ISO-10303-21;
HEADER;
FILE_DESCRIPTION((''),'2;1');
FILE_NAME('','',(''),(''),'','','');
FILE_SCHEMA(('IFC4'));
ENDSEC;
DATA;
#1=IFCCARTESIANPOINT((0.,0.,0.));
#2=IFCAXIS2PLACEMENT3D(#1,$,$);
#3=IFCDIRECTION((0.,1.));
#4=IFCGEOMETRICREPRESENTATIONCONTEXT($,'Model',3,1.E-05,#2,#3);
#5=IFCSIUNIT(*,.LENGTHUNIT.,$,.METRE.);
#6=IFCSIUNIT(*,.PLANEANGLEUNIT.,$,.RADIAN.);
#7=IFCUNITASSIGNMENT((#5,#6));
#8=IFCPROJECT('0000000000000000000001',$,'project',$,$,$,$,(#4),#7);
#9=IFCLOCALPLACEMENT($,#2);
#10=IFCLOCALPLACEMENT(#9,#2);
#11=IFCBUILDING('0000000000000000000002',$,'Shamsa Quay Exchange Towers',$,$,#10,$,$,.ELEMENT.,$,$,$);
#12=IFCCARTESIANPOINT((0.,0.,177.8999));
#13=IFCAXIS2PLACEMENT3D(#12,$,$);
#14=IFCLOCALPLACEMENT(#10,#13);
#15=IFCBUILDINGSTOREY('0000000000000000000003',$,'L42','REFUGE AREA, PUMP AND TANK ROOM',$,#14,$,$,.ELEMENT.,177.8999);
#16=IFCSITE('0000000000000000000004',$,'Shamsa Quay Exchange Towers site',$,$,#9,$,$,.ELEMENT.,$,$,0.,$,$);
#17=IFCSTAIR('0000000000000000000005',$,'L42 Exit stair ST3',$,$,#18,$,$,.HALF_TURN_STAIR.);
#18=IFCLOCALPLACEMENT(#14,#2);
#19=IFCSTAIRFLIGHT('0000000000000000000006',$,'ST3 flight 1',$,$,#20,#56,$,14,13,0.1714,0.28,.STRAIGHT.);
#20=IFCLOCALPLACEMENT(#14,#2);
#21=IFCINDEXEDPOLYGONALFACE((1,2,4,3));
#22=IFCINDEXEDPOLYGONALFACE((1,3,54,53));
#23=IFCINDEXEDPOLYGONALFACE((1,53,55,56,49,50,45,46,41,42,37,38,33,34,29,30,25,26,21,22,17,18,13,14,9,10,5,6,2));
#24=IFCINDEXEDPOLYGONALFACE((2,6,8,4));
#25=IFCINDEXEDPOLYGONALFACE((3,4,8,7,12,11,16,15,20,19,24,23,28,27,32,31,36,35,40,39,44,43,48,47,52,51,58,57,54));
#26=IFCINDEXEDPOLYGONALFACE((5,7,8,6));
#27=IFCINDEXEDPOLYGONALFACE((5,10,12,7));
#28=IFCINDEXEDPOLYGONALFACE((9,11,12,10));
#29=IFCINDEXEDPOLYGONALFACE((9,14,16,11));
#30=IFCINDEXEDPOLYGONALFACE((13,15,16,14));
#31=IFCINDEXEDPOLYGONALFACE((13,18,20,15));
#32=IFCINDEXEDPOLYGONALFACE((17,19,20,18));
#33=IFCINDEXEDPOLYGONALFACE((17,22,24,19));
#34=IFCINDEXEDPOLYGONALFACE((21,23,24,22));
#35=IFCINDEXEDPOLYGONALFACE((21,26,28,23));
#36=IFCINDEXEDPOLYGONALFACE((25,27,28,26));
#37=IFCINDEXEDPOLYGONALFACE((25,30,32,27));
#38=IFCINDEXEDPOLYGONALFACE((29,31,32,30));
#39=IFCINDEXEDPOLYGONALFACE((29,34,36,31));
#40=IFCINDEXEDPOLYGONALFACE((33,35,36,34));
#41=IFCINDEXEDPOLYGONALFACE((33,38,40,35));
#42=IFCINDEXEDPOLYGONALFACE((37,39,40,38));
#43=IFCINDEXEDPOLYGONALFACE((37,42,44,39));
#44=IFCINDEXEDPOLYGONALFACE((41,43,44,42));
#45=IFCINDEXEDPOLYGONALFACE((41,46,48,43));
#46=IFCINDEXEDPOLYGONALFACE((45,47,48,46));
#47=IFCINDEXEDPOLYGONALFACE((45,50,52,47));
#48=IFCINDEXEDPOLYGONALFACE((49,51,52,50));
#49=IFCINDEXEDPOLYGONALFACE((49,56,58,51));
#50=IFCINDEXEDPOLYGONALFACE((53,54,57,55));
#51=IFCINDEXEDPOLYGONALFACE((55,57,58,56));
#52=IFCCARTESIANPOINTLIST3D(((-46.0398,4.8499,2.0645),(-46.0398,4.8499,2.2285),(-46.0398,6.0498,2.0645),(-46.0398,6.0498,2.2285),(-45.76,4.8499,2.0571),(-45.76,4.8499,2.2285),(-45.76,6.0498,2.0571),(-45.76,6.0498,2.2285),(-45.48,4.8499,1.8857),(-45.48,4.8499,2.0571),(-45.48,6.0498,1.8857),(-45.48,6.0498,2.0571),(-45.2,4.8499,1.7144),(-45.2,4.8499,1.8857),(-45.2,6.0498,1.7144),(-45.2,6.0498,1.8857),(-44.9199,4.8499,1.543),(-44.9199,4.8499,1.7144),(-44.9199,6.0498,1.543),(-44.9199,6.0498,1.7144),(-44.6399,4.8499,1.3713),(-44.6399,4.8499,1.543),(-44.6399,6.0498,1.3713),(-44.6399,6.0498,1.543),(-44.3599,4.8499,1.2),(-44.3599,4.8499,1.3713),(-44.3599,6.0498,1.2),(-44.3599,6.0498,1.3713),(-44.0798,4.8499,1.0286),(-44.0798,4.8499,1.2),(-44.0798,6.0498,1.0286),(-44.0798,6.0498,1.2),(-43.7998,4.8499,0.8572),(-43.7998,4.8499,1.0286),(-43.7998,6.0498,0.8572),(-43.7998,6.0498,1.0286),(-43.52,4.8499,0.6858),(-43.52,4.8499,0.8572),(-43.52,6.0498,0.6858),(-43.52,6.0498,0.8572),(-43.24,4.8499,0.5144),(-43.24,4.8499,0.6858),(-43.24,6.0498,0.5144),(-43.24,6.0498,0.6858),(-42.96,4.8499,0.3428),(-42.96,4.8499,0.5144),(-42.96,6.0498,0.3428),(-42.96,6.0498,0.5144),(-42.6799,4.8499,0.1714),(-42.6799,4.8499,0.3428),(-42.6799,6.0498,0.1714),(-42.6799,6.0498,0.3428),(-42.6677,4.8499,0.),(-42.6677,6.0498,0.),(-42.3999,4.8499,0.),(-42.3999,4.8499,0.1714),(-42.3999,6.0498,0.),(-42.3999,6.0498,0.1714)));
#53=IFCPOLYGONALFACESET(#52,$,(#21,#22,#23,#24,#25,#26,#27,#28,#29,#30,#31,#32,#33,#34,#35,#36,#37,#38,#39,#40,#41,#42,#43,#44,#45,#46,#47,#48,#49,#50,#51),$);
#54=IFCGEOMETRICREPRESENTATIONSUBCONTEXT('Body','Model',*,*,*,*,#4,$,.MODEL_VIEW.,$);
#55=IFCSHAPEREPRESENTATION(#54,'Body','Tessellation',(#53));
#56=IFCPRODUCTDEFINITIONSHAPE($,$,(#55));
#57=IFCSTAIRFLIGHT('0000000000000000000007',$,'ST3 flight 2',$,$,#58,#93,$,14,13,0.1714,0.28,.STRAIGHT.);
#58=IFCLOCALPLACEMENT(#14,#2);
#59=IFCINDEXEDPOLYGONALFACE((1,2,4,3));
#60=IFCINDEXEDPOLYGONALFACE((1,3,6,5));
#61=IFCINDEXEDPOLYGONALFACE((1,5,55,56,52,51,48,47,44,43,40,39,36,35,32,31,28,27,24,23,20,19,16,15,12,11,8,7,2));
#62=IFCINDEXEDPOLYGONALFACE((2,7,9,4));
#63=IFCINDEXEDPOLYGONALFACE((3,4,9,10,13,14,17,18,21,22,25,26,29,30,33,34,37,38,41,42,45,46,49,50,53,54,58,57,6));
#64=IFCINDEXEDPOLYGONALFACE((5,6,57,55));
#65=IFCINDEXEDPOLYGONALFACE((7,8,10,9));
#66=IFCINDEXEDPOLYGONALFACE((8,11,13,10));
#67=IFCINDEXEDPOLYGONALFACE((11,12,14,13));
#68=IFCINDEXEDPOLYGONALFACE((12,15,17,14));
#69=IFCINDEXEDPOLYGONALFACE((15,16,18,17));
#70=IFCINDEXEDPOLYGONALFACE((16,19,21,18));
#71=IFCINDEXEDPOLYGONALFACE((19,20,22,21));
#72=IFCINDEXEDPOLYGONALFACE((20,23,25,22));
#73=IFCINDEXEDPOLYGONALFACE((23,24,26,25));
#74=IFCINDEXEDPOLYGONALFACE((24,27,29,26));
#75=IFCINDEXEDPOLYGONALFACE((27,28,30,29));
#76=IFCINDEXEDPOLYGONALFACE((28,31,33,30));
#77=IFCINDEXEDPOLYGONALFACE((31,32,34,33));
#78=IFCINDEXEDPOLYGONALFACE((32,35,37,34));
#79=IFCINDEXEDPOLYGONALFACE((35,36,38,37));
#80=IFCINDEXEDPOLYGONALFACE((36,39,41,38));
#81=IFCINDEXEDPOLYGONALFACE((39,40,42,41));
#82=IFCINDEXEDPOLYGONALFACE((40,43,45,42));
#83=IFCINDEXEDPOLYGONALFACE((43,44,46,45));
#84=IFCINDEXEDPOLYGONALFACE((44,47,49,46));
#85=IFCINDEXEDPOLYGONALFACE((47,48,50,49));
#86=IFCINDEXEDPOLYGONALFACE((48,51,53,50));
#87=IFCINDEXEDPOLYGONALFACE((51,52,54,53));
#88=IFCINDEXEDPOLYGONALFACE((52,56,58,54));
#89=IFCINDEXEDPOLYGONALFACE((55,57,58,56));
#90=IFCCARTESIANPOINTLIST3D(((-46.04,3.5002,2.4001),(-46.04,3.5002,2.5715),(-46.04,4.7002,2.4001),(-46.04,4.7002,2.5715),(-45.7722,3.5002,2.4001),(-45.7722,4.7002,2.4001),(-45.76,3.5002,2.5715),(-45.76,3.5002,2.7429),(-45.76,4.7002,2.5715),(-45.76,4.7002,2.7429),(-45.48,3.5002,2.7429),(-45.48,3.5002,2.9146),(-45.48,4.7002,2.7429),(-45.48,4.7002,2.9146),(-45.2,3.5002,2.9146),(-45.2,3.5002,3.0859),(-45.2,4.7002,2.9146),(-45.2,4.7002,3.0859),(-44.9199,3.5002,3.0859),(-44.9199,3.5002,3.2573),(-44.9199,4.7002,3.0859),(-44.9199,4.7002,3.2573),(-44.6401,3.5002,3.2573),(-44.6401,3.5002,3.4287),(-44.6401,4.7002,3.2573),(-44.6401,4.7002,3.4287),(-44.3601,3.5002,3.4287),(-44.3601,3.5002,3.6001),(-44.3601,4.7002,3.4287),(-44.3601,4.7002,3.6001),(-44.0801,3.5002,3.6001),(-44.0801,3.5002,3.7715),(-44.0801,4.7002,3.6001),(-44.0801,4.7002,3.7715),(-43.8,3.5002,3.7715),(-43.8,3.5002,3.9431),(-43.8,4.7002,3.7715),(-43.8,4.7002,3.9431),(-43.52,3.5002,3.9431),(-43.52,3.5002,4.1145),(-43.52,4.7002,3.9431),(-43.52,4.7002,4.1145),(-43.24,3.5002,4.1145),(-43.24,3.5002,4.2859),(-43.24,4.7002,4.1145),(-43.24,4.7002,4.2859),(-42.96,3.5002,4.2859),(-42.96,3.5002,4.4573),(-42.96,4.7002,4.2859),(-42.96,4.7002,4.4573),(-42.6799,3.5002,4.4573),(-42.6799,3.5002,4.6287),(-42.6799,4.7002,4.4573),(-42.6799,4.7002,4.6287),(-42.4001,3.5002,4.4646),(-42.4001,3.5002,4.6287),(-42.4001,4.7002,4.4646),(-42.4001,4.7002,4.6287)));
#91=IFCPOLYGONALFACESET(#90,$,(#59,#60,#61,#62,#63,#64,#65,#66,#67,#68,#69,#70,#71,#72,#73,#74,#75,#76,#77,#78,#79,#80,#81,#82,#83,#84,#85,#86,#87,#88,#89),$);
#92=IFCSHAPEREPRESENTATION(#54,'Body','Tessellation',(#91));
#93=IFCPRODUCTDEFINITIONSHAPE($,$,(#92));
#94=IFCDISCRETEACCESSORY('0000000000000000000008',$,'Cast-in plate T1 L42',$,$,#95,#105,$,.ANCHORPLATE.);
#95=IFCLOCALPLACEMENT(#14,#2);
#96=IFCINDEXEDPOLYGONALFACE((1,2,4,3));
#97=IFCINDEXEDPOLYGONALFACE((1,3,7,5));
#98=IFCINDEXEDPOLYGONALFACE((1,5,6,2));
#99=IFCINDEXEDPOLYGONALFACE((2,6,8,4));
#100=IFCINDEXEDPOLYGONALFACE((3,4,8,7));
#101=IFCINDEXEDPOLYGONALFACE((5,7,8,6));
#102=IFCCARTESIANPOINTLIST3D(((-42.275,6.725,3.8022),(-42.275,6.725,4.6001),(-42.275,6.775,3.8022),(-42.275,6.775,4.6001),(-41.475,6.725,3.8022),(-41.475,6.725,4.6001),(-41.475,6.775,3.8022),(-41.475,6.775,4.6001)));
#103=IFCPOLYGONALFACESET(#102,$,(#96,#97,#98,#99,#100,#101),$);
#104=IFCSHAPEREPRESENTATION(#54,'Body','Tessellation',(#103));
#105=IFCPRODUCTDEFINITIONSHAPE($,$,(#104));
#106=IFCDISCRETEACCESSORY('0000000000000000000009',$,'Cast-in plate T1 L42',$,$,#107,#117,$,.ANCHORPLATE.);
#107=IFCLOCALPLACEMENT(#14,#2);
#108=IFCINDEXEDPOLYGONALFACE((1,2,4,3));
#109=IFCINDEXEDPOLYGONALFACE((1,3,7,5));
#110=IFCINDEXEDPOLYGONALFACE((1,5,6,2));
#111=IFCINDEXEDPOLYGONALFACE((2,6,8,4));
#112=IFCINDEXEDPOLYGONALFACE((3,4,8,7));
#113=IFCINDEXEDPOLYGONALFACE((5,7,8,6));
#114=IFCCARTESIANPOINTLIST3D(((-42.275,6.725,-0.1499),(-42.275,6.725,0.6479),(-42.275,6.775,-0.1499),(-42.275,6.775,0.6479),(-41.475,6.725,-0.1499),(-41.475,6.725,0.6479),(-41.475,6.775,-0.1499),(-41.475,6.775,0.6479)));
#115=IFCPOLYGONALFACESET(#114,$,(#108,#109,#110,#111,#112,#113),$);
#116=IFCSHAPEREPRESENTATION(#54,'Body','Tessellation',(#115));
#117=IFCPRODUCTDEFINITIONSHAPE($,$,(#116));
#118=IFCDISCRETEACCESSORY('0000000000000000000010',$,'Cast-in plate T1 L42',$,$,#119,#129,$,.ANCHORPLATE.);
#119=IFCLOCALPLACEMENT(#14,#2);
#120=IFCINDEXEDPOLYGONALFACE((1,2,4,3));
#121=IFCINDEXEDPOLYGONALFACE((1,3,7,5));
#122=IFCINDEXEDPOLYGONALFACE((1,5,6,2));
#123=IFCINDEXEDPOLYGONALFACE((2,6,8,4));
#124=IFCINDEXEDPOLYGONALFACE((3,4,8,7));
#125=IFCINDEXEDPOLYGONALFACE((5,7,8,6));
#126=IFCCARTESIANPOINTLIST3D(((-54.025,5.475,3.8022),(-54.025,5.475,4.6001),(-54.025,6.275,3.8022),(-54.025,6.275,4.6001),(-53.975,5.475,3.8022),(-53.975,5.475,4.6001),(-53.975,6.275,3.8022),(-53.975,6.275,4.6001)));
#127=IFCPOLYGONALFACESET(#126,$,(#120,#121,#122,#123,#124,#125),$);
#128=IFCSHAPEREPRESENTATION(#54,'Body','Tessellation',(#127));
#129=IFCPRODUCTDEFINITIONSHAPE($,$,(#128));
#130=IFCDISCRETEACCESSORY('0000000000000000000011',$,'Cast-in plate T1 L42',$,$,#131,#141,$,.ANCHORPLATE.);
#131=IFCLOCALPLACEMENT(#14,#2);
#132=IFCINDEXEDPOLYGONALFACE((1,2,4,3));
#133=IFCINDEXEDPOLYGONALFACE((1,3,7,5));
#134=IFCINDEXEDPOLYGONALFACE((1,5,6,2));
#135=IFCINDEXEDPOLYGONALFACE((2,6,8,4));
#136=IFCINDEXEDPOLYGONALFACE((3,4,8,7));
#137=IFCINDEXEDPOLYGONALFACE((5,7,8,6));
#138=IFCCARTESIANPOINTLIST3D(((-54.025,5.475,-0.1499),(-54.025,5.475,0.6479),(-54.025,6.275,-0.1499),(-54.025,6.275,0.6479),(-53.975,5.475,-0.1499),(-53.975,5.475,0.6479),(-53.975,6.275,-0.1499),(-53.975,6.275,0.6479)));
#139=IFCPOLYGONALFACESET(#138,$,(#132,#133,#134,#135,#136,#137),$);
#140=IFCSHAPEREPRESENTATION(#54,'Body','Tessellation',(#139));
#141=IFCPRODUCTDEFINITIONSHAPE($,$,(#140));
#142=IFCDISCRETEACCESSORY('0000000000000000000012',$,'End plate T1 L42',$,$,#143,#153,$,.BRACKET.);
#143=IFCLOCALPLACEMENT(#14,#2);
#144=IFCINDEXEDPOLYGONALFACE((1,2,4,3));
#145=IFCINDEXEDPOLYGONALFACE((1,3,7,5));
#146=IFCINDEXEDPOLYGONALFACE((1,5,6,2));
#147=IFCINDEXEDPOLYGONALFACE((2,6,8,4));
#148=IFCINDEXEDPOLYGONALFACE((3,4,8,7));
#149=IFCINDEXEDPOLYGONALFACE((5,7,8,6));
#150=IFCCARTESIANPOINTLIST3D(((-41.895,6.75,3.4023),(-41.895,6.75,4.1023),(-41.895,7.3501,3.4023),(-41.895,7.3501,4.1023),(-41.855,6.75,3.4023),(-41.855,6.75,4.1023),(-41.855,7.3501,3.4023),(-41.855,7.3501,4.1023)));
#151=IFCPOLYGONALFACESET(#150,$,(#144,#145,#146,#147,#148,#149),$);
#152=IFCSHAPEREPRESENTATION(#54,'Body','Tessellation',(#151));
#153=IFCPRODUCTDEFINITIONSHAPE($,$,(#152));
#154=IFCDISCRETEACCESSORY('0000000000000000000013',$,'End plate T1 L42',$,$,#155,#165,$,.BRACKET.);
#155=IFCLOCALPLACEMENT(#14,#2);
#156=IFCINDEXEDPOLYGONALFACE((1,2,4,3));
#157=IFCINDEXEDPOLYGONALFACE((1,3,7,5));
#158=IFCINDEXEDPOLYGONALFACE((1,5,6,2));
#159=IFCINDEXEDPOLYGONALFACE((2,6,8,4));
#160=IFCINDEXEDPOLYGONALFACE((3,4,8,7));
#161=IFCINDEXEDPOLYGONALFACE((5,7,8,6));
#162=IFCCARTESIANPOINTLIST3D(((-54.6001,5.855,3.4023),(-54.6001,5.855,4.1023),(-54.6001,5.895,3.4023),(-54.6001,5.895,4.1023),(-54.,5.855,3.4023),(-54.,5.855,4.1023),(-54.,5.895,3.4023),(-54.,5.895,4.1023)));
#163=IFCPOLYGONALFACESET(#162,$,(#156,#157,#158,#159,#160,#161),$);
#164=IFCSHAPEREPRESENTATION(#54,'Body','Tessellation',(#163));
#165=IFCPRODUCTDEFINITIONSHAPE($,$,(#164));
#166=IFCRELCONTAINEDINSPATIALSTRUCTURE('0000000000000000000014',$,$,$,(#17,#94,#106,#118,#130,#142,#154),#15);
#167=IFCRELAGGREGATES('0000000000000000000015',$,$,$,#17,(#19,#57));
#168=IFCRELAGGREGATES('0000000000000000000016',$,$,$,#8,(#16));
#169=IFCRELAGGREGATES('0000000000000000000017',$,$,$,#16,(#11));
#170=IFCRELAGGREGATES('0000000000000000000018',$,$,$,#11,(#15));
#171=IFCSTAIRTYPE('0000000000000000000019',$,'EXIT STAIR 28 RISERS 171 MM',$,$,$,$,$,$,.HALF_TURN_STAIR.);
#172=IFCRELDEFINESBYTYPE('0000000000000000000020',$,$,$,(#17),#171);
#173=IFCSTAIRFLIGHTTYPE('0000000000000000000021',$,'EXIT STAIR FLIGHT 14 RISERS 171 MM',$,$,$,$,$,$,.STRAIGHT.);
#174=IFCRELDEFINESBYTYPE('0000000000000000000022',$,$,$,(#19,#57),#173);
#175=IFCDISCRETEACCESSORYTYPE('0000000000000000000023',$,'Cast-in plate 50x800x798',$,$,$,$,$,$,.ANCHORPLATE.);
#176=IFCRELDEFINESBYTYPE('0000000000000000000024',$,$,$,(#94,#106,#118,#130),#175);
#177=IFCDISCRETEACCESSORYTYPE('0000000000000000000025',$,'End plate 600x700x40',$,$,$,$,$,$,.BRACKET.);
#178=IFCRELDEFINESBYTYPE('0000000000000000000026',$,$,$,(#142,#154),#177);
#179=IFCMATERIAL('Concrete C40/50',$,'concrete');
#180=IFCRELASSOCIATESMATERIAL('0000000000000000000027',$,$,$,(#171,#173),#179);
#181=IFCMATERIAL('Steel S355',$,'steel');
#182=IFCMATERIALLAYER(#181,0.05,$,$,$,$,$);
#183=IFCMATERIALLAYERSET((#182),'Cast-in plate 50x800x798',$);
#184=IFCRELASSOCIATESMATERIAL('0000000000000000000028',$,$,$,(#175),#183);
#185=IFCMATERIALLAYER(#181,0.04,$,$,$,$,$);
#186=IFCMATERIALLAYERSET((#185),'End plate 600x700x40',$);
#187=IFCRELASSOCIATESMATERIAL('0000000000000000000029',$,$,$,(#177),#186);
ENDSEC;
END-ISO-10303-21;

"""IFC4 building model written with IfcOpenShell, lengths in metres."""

from ifc_helpers import new_model, si_unit, direction, frame, origin, origin_2d, place, context, subcontext, project, spatial, polyline, rectangle, outline, extrude, material, layer, layer_set, type_object, element, aggregate, save


model = new_model("IFC4")

# Units and contexts
model_context = context("Model", 3, precision=1e-05, world=origin(), true_north=direction((0.0, 1.0)))
body_context = subcontext(model_context, "Body", "Model", "MODEL_VIEW")
ifc_project = project(units=[si_unit("LENGTHUNIT", "METRE"), si_unit("PLANEANGLEUNIT", "RADIAN")], contexts=[model_context])

# Site, building, storey
site_placement = place(None, origin())
site = spatial("IfcSite", under=ifc_project, at=site_placement, Name="Shamsa Quay Exchange Towers site", CompositionType="ELEMENT", RefElevation=0.0)
building_placement = place(site_placement, origin())
building = spatial("IfcBuilding", under=site, at=building_placement, Name="Shamsa Quay Exchange Towers", CompositionType="ELEMENT")
storey_placement = place(building_placement, frame((0.0, 0.0, 177.8999)))
storey = spatial("IfcBuildingStorey", under=building, at=storey_placement, Name="L42", Description="REFUGE AREA, PUMP AND TANK ROOM", CompositionType="ELEMENT", Elevation=177.8999)

# Stair, stair flights
ifc_material_1 = material(Name="Concrete C40/50", Category="concrete")
stair_type = type_object("IfcStairType", Name="EXIT STAIR 28 RISERS 171 MM", PredefinedType="HALF_TURN_STAIR", material=ifc_material_1)
stair_placement = place(storey_placement, origin())
stair = element("IfcStair", 1, at=stair_placement, inside=storey, type_object=stair_type, Name="L42 Exit stair ST3", PredefinedType="HALF_TURN_STAIR")
stair_flight_type = type_object("IfcStairFlightType", Name="EXIT STAIR FLIGHT 14 RISERS 171 MM", PredefinedType="STRAIGHT", material=ifc_material_1)
stair_flight_1_placement = place(storey_placement, frame((-42.3999, 5.45, 0.0), z_axis=(0.0, 0.0, 1.0), x_axis=(-1.0, 0.0, 0.0)))
stair_flight_1 = element("IfcStairFlight", 2, at=stair_flight_1_placement, type_object=stair_flight_type, Name="ST3 flight 1", NumberOfRisers=14, NumberOfTreads=13, PredefinedType="STRAIGHT", RiserHeight=0.1714, TreadLength=0.28, context=body_context, shape_type="SweptSolid", body=[
    extrude(outline(polyline([(0.0, 0.0), (0.0, 0.1714), (0.28, 0.1714), (0.28, 0.3428), (0.5601, 0.3428), (0.5601, 0.5144), (0.8401, 0.5144), (0.8401, 0.6858), (1.1201, 0.6858), (1.1201, 0.8572), (1.3999, 0.8572), (1.3999, 1.0286), (1.6799, 1.0286), (1.6799, 1.2), (1.96, 1.2), (1.96, 1.3713), (2.24, 1.3713), (2.24, 1.543), (2.52, 1.543), (2.52, 1.7144), (2.8, 1.7144), (2.8, 1.8857), (3.0801, 1.8857), (3.0801, 2.0571), (3.3601, 2.0571), (3.3601, 2.2285), (3.6399, 2.2285), (3.6399, 2.3999), (3.6399, 2.0645), (0.2678, 0.0), (0.0, 0.0)])), frame((0.0, 0.6001, 0.0), z_axis=(0.0, -1.0, 0.0), x_axis=(1.0, 0.0, 0.0)), (0.0, 0.0, 1.0), 1.2),
])
stair_flight_2_placement = place(storey_placement, frame((-46.04, 4.1001, 2.4001)))
stair_flight_2 = element("IfcStairFlight", 3, at=stair_flight_2_placement, type_object=stair_flight_type, Name="ST3 flight 2", NumberOfRisers=14, NumberOfTreads=13, PredefinedType="STRAIGHT", RiserHeight=0.1714, TreadLength=0.28, context=body_context, shape_type="SweptSolid", body=[
    extrude(outline(polyline([(0.0, 0.0), (0.0, 0.1714), (0.28, 0.1714), (0.28, 0.3428), (0.5601, 0.3428), (0.5601, 0.5144), (0.8401, 0.5144), (0.8401, 0.6858), (1.1201, 0.6858), (1.1201, 0.8572), (1.3999, 0.8572), (1.3999, 1.0286), (1.6799, 1.0286), (1.6799, 1.2), (1.96, 1.2), (1.96, 1.3713), (2.24, 1.3713), (2.24, 1.543), (2.52, 1.543), (2.52, 1.7144), (2.8, 1.7144), (2.8, 1.8857), (3.0801, 1.8857), (3.0801, 2.0571), (3.3601, 2.0571), (3.3601, 2.2285), (3.6399, 2.2285), (3.6399, 2.3999), (3.6399, 2.0645), (0.2678, 0.0), (0.0, 0.0)])), frame((0.0, 0.6001, 0.0), z_axis=(0.0, -1.0, 0.0), x_axis=(1.0, 0.0, 0.0)), (0.0, 0.0, 1.0), 1.2),
])
aggregate(stair, [stair_flight_1, stair_flight_2])

# Discrete accessories
ifc_material_2 = material(Name="Steel S355", Category="steel")
ifc_layer_1 = layer(ifc_material_2, 0.05)
ifc_layer_set_1 = layer_set([ifc_layer_1], Name="Cast-in plate 50x800x798")
discrete_accessory_type_1 = type_object("IfcDiscreteAccessoryType", Name="Cast-in plate 50x800x798", PredefinedType="ANCHORPLATE", material=ifc_layer_set_1)
for number, where, z_axis, x_axis, name in (
    (4, (-41.875, 6.75, 3.8022), (0.0, 0.0, 1.0), (0.0, -1.0, 0.0), "Cast-in plate T1 L42"),
    (5, (-41.875, 6.75, -0.1499), (0.0, 0.0, 1.0), (0.0, -1.0, 0.0), "Cast-in plate T1 L42"),
):
    element("IfcDiscreteAccessory", number, at=place(storey_placement, frame(where, z_axis=z_axis, x_axis=x_axis)), inside=storey, type_object=discrete_accessory_type_1, Name=name, PredefinedType="ANCHORPLATE", context=body_context, shape_type="SweptSolid", body=[
        extrude(rectangle(XDim=0.05, YDim=0.8, at=origin_2d()), origin(), (0.0, 0.0, 1.0), 0.7979),
    ])
for number, where, name in (
    (6, (-54.0, 5.875, 3.8022), "Cast-in plate T1 L42"),
    (7, (-54.0, 5.875, -0.1499), "Cast-in plate T1 L42"),
):
    element("IfcDiscreteAccessory", number, at=place(storey_placement, frame(where)), inside=storey, type_object=discrete_accessory_type_1, Name=name, PredefinedType="ANCHORPLATE", context=body_context, shape_type="SweptSolid", body=[
        extrude(rectangle(XDim=0.05, YDim=0.8, at=origin_2d()), origin(), (0.0, 0.0, 1.0), 0.7979),
    ])
ifc_layer_2 = layer(ifc_material_2, 0.04)
ifc_layer_set_2 = layer_set([ifc_layer_2], Name="End plate 600x700x40")
discrete_accessory_type_2 = type_object("IfcDiscreteAccessoryType", Name="End plate 600x700x40", PredefinedType="BRACKET", material=ifc_layer_set_2)
discrete_accessory_1_placement = place(storey_placement, frame((-41.875, 7.05, 3.4023), z_axis=(0.0, 0.0, 1.0), x_axis=(0.0, -1.0, 0.0)))
element("IfcDiscreteAccessory", 8, at=discrete_accessory_1_placement, inside=storey, type_object=discrete_accessory_type_2, Name="End plate T1 L42", PredefinedType="BRACKET", context=body_context, shape_type="SweptSolid", body=[
    extrude(rectangle(XDim=0.6001, YDim=0.04, at=origin_2d()), origin(), (0.0, 0.0, 1.0), 0.7),
])
discrete_accessory_2_placement = place(storey_placement, frame((-54.3, 5.875, 3.4023)))
element("IfcDiscreteAccessory", 9, at=discrete_accessory_2_placement, inside=storey, type_object=discrete_accessory_type_2, Name="End plate T1 L42", PredefinedType="BRACKET", context=body_context, shape_type="SweptSolid", body=[
    extrude(rectangle(XDim=0.6001, YDim=0.04, at=origin_2d()), origin(), (0.0, 0.0, 1.0), 0.7),
])

save(model, "model.ifc")
